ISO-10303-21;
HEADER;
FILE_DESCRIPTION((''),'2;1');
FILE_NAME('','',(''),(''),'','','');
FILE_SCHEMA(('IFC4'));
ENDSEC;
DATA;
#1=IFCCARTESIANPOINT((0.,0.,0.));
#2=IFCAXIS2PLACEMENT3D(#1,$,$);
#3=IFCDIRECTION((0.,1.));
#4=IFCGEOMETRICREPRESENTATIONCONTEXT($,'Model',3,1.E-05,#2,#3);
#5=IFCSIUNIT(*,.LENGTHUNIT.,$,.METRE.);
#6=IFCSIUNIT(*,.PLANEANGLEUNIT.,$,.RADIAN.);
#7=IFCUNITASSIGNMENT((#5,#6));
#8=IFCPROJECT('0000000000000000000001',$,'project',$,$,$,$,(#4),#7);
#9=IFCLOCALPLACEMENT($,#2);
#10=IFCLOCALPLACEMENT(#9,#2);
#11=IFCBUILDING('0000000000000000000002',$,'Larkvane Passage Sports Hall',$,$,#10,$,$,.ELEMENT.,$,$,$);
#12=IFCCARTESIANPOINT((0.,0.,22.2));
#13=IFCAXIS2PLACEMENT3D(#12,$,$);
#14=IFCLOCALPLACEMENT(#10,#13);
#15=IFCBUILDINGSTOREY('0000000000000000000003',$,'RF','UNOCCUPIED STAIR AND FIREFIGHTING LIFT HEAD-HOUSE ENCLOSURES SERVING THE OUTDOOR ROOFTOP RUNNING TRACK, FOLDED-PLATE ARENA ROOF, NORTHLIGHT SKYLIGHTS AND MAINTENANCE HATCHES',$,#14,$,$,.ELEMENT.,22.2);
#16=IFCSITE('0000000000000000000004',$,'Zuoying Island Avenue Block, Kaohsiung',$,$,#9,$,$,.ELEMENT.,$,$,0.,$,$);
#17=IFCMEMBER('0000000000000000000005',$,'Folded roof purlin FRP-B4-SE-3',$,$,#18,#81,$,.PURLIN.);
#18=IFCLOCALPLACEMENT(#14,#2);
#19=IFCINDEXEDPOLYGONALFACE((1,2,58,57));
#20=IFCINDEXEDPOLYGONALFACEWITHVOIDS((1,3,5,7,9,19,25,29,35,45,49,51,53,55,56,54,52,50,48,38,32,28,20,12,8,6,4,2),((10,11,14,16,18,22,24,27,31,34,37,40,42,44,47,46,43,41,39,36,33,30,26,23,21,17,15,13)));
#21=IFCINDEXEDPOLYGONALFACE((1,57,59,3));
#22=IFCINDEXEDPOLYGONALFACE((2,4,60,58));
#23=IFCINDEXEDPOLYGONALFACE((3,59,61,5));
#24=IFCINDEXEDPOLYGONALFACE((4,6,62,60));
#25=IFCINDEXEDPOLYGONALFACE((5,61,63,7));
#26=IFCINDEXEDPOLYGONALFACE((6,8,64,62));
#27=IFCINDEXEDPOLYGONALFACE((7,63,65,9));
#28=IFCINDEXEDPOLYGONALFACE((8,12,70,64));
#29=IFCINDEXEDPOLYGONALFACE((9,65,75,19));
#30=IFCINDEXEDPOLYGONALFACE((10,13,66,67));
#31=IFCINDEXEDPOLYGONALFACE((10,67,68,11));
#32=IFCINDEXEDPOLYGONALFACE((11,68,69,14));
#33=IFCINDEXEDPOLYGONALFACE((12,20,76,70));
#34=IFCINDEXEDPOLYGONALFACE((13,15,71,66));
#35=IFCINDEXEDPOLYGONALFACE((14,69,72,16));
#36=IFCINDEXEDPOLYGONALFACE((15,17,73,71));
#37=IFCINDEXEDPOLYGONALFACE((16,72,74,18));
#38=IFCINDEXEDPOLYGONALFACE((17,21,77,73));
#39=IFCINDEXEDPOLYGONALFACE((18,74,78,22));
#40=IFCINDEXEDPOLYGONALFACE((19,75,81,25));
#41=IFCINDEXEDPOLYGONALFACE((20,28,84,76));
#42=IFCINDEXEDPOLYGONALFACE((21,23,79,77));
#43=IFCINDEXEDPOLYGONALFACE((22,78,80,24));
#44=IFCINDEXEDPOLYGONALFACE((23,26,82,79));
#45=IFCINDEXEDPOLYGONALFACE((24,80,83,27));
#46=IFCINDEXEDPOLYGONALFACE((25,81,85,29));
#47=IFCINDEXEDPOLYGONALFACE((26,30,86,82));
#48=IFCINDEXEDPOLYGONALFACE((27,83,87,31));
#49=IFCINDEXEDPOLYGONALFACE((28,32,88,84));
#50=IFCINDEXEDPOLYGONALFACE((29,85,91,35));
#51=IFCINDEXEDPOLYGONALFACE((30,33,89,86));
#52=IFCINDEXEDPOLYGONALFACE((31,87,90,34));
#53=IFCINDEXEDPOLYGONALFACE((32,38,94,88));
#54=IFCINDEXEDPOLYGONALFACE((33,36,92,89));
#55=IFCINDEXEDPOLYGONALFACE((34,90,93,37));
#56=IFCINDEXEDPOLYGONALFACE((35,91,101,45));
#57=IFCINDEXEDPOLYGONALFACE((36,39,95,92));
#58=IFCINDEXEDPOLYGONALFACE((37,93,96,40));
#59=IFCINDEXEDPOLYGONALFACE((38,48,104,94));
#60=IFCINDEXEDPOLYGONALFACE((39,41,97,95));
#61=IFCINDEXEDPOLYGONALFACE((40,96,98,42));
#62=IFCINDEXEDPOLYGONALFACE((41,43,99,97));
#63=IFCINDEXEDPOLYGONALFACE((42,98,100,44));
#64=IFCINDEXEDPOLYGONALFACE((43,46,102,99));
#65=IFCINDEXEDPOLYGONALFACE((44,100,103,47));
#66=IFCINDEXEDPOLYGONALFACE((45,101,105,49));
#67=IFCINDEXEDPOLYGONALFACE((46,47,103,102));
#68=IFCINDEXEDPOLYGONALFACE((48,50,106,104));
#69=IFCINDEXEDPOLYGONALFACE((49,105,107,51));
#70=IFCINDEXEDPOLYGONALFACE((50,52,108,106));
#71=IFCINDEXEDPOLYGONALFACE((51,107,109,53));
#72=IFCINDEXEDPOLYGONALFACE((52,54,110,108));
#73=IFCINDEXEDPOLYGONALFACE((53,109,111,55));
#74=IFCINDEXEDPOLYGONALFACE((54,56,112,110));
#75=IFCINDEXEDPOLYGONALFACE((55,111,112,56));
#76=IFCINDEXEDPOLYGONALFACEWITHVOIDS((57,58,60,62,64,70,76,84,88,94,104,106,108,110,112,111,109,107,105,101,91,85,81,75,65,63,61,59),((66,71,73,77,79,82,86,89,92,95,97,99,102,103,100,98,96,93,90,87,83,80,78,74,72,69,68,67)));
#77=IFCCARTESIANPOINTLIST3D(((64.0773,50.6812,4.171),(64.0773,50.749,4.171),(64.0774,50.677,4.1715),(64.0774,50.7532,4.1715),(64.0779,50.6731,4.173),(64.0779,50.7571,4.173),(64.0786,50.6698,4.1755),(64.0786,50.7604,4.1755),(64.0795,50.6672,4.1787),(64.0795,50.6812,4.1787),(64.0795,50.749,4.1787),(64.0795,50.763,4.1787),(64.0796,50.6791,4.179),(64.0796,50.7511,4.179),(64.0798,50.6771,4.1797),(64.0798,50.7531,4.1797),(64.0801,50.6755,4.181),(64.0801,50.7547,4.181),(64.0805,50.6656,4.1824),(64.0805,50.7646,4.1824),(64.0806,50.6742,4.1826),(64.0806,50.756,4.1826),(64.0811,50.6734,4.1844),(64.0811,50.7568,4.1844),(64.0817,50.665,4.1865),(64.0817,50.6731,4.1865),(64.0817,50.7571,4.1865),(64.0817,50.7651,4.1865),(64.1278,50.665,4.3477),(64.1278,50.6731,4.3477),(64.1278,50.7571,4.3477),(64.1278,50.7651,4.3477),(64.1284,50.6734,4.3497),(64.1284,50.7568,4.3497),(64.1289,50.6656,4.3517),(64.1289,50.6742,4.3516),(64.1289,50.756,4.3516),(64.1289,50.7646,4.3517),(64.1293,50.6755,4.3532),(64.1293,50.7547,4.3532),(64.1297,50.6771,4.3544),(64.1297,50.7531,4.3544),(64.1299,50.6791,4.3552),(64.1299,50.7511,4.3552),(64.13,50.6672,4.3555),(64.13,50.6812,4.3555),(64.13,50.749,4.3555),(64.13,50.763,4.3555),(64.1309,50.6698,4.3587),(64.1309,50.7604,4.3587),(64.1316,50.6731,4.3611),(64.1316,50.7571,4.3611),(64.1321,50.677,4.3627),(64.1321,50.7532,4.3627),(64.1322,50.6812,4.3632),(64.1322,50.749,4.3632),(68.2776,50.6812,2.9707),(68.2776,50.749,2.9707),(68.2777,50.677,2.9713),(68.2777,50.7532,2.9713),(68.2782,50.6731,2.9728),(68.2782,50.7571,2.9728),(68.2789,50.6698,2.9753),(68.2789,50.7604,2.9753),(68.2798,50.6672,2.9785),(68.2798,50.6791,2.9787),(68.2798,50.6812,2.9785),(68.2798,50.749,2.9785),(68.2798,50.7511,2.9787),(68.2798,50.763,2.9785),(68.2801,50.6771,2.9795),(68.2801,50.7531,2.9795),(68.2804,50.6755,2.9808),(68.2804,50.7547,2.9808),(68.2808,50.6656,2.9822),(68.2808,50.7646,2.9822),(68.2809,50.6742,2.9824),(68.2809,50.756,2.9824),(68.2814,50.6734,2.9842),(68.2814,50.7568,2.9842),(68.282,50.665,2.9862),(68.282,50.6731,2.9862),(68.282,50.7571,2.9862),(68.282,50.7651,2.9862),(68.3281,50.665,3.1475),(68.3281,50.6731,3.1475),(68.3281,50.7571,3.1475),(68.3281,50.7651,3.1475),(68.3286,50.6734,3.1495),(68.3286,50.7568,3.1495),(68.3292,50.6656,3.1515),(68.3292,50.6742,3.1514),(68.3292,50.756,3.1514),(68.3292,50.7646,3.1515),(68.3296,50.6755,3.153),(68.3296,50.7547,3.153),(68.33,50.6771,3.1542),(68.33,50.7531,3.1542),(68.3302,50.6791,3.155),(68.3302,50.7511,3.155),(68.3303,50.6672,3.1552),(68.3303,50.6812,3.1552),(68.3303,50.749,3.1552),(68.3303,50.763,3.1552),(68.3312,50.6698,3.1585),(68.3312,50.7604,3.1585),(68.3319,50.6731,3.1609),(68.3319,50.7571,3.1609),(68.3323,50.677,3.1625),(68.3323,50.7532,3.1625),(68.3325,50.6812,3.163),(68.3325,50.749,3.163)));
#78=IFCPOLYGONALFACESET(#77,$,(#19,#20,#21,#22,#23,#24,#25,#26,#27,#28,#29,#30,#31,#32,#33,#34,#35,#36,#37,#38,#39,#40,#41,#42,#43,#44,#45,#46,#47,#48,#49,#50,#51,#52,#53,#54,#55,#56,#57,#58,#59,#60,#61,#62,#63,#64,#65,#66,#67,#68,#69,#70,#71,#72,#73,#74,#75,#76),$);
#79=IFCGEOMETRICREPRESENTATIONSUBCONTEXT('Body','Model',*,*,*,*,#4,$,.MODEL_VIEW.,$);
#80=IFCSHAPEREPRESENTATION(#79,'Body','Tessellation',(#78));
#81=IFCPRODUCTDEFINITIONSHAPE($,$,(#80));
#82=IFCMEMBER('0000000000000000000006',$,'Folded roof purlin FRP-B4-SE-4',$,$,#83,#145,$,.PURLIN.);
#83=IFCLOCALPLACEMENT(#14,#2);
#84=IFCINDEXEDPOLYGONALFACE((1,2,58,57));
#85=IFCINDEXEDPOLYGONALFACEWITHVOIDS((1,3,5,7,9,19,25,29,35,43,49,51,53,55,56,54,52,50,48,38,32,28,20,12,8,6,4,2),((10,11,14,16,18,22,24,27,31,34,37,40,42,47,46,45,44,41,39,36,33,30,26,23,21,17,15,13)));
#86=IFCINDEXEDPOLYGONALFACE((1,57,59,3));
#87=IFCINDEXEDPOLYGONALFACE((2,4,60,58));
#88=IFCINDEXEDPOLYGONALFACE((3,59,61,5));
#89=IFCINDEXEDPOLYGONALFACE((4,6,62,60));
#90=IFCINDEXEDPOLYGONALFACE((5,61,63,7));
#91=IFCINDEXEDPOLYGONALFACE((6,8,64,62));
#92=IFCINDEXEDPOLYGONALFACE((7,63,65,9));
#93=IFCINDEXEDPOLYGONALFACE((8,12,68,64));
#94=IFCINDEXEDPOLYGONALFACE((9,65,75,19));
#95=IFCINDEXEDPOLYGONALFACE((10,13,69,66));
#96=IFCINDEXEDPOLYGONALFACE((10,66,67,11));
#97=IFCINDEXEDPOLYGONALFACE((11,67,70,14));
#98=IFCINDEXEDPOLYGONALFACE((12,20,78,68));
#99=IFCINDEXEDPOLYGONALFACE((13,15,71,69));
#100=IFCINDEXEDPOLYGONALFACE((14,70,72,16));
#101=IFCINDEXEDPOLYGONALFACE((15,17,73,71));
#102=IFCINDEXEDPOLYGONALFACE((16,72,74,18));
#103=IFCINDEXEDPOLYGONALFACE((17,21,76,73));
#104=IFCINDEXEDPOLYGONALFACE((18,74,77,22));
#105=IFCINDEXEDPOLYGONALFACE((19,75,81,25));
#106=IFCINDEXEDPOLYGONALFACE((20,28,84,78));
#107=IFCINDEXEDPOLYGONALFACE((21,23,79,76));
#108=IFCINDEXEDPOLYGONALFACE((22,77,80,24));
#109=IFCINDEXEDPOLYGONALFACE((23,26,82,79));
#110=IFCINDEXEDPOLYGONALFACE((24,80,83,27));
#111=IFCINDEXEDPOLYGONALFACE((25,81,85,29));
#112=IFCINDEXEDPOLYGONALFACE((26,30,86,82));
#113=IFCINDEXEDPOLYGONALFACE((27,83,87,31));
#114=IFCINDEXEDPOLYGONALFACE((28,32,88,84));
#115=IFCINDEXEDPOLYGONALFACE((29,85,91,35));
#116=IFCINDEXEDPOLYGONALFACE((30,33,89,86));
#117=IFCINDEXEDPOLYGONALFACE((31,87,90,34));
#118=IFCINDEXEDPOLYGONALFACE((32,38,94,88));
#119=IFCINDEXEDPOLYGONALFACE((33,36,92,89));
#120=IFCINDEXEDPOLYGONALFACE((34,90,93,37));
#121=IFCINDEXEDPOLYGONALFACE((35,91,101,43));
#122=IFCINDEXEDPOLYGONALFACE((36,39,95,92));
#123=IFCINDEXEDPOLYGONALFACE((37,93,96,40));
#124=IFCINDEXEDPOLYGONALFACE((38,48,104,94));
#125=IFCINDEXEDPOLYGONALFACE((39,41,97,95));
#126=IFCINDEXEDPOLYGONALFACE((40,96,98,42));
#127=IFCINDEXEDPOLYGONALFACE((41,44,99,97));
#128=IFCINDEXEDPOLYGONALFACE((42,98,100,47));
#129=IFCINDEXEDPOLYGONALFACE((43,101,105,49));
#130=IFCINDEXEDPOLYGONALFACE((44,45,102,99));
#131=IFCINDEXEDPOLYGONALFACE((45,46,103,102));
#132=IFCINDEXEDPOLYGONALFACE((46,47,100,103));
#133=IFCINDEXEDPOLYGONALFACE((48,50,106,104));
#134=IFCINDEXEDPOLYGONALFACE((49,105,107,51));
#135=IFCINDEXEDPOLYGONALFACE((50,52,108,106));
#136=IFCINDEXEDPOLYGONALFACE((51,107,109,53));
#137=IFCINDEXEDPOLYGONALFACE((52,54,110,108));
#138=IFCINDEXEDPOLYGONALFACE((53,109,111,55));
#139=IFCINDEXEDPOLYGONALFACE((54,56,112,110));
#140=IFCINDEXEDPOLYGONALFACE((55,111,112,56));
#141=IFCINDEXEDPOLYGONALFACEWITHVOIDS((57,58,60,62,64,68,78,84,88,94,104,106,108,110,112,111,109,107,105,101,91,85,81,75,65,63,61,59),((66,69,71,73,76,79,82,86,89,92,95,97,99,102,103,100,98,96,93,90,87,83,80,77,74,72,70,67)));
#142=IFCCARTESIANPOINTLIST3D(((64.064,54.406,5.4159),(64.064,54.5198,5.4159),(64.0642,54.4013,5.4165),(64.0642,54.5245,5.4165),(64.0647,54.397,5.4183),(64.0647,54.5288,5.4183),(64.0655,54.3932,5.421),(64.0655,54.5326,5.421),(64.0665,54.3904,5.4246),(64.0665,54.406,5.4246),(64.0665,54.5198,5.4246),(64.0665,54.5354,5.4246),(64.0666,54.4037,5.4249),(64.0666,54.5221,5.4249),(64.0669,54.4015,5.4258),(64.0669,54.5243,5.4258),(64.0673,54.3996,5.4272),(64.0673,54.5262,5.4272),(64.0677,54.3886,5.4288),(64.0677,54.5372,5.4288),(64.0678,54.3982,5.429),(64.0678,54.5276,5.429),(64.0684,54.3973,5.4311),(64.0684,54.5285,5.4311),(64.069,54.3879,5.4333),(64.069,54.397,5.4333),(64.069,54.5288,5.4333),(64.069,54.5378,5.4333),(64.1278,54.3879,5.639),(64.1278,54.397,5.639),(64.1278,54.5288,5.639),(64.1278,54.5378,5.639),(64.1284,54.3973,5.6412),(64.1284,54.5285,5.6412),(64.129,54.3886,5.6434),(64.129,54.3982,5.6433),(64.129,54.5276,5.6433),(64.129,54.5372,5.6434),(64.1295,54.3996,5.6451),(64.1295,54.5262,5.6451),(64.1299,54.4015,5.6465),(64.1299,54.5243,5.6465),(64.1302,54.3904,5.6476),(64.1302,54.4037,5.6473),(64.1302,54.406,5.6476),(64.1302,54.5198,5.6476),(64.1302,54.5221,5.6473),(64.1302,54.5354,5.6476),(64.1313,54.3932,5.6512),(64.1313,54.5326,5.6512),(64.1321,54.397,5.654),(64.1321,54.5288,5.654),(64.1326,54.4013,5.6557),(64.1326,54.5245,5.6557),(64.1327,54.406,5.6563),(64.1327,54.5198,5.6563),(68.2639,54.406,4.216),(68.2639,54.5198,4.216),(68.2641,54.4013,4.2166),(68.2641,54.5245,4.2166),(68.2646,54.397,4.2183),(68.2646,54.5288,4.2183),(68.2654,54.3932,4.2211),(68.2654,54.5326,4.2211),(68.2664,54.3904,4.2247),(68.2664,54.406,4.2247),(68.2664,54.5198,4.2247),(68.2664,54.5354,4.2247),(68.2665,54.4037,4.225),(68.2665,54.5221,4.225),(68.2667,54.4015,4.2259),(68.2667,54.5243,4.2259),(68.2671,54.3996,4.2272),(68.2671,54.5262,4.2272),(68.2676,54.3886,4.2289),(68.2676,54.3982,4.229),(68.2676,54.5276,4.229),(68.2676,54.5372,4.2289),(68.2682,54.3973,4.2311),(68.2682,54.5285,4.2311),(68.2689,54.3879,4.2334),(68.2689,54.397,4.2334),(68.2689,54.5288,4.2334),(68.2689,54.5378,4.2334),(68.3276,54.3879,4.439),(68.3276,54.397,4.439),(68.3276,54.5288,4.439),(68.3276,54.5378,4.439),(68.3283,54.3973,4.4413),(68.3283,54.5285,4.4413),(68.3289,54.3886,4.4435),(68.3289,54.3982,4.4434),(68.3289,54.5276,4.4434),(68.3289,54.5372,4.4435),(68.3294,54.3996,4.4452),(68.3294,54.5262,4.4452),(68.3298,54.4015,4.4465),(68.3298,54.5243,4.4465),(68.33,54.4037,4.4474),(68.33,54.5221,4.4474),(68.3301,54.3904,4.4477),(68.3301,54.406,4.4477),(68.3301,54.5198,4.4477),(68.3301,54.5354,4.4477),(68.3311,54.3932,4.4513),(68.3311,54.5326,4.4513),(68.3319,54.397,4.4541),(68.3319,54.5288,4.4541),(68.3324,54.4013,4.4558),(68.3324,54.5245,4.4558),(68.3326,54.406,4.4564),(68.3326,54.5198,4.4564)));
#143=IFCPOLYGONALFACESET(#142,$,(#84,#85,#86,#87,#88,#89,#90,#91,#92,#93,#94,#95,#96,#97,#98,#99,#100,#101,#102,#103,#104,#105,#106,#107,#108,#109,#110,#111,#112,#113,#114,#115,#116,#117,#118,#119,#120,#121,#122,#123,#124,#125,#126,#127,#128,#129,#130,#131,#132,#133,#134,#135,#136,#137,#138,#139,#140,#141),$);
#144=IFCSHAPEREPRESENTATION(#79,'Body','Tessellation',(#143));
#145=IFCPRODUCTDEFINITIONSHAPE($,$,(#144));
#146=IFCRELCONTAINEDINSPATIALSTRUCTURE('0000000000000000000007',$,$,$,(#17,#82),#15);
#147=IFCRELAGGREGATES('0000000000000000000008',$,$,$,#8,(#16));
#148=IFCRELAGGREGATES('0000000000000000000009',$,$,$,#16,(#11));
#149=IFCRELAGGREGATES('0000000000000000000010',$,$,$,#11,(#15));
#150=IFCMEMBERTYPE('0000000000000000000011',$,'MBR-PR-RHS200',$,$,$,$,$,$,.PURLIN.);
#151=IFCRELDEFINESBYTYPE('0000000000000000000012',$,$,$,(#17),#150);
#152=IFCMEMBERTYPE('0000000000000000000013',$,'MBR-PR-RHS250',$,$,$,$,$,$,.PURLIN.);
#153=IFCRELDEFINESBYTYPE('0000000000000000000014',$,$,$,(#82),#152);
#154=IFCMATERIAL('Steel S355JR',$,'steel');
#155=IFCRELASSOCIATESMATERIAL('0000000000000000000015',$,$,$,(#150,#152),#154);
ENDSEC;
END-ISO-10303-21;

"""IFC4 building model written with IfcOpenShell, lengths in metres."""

from ifc_helpers import new_model, si_unit, direction, frame, origin, origin_2d, place, context, subcontext, project, spatial, hollow_rectangle, extrude, material, material_profile, profile_set, type_object, element, save


model = new_model("IFC4")

# Units and contexts
model_context = context("Model", 3, precision=1e-05, world=origin(), true_north=direction((0.0, 1.0)))
body_context = subcontext(model_context, "Body", "Model", "MODEL_VIEW")
ifc_project = project(units=[si_unit("LENGTHUNIT", "METRE"), si_unit("PLANEANGLEUNIT", "RADIAN")], contexts=[model_context])

# Site, building, storey
site_placement = place(None, origin())
site = spatial("IfcSite", under=ifc_project, at=site_placement, Name="Zuoying Island Avenue Block, Kaohsiung", CompositionType="ELEMENT", RefElevation=0.0)
building_placement = place(site_placement, origin())
building = spatial("IfcBuilding", under=site, at=building_placement, Name="Larkvane Passage Sports Hall", CompositionType="ELEMENT")
storey_placement = place(building_placement, frame((0.0, 0.0, 22.2)))
storey = spatial("IfcBuildingStorey", under=building, at=storey_placement, Name="RF", Description="UNOCCUPIED STAIR AND FIREFIGHTING LIFT HEAD-HOUSE ENCLOSURES SERVING THE OUTDOOR ROOFTOP RUNNING TRACK, FOLDED-PLATE ARENA ROOF, NORTHLIGHT SKYLIGHTS AND MAINTENANCE HATCHES", CompositionType="ELEMENT", Elevation=22.2)

# Members
ifc_material_1 = material(Name="Steel S355JR", Category="steel")
ifc_material_profile_1 = material_profile(ifc_material_1, hollow_rectangle(XDim=0.1001, YDim=0.2, WallThickness=0.0081, InnerFilletRadius=0.0081, OuterFilletRadius=0.0161, at=origin_2d()), Name="RHS-200x100x8")
ifc_profile_set_1 = profile_set([ifc_material_profile_1], Name="Steel S355JR")
member_type_1 = type_object("IfcMemberType", Name="MBR-PR-RHS200", PredefinedType="PURLIN", material=ifc_profile_set_1)
member_1_placement = place(storey_placement, frame((64.1047, 50.7151, 4.2671), z_axis=(0.961516, 0.0, -0.274751), x_axis=(0.0, 1.0, 0.0)))
element("IfcMember", 1, at=member_1_placement, inside=storey, type_object=member_type_1, Name="Folded roof purlin FRP-B4-SE-3", PredefinedType="PURLIN", context=body_context, shape_type="SweptSolid", body=[
    extrude(hollow_rectangle(XDim=0.1001, YDim=0.2, WallThickness=0.0081, InnerFilletRadius=0.0081, OuterFilletRadius=0.0161, at=origin_2d()), origin(), (0.0, 0.0, 1.0), 4.3684),
])
ifc_material_profile_2 = material_profile(ifc_material_1, hollow_rectangle(XDim=0.1499, YDim=0.25, WallThickness=0.009, InnerFilletRadius=0.009, OuterFilletRadius=0.0181, at=origin_2d()), Name="RHS-250x150x9")
ifc_profile_set_2 = profile_set([ifc_material_profile_2], Name="Steel S355JR")
member_type_2 = type_object("IfcMemberType", Name="MBR-PR-RHS250", PredefinedType="PURLIN", material=ifc_profile_set_2)
member_2_placement = place(storey_placement, frame((64.0984, 54.4629, 5.5361), z_axis=(0.961526, 0.0, -0.274714), x_axis=(0.0, 1.0, 0.0)))
element("IfcMember", 2, at=member_2_placement, inside=storey, type_object=member_type_2, Name="Folded roof purlin FRP-B4-SE-4", PredefinedType="PURLIN", context=body_context, shape_type="SweptSolid", body=[
    extrude(hollow_rectangle(XDim=0.1499, YDim=0.25, WallThickness=0.009, InnerFilletRadius=0.009, OuterFilletRadius=0.0181, at=origin_2d()), origin(), (0.0, 0.0, 1.0), 4.3679),
])

save(model, "model.ifc")
